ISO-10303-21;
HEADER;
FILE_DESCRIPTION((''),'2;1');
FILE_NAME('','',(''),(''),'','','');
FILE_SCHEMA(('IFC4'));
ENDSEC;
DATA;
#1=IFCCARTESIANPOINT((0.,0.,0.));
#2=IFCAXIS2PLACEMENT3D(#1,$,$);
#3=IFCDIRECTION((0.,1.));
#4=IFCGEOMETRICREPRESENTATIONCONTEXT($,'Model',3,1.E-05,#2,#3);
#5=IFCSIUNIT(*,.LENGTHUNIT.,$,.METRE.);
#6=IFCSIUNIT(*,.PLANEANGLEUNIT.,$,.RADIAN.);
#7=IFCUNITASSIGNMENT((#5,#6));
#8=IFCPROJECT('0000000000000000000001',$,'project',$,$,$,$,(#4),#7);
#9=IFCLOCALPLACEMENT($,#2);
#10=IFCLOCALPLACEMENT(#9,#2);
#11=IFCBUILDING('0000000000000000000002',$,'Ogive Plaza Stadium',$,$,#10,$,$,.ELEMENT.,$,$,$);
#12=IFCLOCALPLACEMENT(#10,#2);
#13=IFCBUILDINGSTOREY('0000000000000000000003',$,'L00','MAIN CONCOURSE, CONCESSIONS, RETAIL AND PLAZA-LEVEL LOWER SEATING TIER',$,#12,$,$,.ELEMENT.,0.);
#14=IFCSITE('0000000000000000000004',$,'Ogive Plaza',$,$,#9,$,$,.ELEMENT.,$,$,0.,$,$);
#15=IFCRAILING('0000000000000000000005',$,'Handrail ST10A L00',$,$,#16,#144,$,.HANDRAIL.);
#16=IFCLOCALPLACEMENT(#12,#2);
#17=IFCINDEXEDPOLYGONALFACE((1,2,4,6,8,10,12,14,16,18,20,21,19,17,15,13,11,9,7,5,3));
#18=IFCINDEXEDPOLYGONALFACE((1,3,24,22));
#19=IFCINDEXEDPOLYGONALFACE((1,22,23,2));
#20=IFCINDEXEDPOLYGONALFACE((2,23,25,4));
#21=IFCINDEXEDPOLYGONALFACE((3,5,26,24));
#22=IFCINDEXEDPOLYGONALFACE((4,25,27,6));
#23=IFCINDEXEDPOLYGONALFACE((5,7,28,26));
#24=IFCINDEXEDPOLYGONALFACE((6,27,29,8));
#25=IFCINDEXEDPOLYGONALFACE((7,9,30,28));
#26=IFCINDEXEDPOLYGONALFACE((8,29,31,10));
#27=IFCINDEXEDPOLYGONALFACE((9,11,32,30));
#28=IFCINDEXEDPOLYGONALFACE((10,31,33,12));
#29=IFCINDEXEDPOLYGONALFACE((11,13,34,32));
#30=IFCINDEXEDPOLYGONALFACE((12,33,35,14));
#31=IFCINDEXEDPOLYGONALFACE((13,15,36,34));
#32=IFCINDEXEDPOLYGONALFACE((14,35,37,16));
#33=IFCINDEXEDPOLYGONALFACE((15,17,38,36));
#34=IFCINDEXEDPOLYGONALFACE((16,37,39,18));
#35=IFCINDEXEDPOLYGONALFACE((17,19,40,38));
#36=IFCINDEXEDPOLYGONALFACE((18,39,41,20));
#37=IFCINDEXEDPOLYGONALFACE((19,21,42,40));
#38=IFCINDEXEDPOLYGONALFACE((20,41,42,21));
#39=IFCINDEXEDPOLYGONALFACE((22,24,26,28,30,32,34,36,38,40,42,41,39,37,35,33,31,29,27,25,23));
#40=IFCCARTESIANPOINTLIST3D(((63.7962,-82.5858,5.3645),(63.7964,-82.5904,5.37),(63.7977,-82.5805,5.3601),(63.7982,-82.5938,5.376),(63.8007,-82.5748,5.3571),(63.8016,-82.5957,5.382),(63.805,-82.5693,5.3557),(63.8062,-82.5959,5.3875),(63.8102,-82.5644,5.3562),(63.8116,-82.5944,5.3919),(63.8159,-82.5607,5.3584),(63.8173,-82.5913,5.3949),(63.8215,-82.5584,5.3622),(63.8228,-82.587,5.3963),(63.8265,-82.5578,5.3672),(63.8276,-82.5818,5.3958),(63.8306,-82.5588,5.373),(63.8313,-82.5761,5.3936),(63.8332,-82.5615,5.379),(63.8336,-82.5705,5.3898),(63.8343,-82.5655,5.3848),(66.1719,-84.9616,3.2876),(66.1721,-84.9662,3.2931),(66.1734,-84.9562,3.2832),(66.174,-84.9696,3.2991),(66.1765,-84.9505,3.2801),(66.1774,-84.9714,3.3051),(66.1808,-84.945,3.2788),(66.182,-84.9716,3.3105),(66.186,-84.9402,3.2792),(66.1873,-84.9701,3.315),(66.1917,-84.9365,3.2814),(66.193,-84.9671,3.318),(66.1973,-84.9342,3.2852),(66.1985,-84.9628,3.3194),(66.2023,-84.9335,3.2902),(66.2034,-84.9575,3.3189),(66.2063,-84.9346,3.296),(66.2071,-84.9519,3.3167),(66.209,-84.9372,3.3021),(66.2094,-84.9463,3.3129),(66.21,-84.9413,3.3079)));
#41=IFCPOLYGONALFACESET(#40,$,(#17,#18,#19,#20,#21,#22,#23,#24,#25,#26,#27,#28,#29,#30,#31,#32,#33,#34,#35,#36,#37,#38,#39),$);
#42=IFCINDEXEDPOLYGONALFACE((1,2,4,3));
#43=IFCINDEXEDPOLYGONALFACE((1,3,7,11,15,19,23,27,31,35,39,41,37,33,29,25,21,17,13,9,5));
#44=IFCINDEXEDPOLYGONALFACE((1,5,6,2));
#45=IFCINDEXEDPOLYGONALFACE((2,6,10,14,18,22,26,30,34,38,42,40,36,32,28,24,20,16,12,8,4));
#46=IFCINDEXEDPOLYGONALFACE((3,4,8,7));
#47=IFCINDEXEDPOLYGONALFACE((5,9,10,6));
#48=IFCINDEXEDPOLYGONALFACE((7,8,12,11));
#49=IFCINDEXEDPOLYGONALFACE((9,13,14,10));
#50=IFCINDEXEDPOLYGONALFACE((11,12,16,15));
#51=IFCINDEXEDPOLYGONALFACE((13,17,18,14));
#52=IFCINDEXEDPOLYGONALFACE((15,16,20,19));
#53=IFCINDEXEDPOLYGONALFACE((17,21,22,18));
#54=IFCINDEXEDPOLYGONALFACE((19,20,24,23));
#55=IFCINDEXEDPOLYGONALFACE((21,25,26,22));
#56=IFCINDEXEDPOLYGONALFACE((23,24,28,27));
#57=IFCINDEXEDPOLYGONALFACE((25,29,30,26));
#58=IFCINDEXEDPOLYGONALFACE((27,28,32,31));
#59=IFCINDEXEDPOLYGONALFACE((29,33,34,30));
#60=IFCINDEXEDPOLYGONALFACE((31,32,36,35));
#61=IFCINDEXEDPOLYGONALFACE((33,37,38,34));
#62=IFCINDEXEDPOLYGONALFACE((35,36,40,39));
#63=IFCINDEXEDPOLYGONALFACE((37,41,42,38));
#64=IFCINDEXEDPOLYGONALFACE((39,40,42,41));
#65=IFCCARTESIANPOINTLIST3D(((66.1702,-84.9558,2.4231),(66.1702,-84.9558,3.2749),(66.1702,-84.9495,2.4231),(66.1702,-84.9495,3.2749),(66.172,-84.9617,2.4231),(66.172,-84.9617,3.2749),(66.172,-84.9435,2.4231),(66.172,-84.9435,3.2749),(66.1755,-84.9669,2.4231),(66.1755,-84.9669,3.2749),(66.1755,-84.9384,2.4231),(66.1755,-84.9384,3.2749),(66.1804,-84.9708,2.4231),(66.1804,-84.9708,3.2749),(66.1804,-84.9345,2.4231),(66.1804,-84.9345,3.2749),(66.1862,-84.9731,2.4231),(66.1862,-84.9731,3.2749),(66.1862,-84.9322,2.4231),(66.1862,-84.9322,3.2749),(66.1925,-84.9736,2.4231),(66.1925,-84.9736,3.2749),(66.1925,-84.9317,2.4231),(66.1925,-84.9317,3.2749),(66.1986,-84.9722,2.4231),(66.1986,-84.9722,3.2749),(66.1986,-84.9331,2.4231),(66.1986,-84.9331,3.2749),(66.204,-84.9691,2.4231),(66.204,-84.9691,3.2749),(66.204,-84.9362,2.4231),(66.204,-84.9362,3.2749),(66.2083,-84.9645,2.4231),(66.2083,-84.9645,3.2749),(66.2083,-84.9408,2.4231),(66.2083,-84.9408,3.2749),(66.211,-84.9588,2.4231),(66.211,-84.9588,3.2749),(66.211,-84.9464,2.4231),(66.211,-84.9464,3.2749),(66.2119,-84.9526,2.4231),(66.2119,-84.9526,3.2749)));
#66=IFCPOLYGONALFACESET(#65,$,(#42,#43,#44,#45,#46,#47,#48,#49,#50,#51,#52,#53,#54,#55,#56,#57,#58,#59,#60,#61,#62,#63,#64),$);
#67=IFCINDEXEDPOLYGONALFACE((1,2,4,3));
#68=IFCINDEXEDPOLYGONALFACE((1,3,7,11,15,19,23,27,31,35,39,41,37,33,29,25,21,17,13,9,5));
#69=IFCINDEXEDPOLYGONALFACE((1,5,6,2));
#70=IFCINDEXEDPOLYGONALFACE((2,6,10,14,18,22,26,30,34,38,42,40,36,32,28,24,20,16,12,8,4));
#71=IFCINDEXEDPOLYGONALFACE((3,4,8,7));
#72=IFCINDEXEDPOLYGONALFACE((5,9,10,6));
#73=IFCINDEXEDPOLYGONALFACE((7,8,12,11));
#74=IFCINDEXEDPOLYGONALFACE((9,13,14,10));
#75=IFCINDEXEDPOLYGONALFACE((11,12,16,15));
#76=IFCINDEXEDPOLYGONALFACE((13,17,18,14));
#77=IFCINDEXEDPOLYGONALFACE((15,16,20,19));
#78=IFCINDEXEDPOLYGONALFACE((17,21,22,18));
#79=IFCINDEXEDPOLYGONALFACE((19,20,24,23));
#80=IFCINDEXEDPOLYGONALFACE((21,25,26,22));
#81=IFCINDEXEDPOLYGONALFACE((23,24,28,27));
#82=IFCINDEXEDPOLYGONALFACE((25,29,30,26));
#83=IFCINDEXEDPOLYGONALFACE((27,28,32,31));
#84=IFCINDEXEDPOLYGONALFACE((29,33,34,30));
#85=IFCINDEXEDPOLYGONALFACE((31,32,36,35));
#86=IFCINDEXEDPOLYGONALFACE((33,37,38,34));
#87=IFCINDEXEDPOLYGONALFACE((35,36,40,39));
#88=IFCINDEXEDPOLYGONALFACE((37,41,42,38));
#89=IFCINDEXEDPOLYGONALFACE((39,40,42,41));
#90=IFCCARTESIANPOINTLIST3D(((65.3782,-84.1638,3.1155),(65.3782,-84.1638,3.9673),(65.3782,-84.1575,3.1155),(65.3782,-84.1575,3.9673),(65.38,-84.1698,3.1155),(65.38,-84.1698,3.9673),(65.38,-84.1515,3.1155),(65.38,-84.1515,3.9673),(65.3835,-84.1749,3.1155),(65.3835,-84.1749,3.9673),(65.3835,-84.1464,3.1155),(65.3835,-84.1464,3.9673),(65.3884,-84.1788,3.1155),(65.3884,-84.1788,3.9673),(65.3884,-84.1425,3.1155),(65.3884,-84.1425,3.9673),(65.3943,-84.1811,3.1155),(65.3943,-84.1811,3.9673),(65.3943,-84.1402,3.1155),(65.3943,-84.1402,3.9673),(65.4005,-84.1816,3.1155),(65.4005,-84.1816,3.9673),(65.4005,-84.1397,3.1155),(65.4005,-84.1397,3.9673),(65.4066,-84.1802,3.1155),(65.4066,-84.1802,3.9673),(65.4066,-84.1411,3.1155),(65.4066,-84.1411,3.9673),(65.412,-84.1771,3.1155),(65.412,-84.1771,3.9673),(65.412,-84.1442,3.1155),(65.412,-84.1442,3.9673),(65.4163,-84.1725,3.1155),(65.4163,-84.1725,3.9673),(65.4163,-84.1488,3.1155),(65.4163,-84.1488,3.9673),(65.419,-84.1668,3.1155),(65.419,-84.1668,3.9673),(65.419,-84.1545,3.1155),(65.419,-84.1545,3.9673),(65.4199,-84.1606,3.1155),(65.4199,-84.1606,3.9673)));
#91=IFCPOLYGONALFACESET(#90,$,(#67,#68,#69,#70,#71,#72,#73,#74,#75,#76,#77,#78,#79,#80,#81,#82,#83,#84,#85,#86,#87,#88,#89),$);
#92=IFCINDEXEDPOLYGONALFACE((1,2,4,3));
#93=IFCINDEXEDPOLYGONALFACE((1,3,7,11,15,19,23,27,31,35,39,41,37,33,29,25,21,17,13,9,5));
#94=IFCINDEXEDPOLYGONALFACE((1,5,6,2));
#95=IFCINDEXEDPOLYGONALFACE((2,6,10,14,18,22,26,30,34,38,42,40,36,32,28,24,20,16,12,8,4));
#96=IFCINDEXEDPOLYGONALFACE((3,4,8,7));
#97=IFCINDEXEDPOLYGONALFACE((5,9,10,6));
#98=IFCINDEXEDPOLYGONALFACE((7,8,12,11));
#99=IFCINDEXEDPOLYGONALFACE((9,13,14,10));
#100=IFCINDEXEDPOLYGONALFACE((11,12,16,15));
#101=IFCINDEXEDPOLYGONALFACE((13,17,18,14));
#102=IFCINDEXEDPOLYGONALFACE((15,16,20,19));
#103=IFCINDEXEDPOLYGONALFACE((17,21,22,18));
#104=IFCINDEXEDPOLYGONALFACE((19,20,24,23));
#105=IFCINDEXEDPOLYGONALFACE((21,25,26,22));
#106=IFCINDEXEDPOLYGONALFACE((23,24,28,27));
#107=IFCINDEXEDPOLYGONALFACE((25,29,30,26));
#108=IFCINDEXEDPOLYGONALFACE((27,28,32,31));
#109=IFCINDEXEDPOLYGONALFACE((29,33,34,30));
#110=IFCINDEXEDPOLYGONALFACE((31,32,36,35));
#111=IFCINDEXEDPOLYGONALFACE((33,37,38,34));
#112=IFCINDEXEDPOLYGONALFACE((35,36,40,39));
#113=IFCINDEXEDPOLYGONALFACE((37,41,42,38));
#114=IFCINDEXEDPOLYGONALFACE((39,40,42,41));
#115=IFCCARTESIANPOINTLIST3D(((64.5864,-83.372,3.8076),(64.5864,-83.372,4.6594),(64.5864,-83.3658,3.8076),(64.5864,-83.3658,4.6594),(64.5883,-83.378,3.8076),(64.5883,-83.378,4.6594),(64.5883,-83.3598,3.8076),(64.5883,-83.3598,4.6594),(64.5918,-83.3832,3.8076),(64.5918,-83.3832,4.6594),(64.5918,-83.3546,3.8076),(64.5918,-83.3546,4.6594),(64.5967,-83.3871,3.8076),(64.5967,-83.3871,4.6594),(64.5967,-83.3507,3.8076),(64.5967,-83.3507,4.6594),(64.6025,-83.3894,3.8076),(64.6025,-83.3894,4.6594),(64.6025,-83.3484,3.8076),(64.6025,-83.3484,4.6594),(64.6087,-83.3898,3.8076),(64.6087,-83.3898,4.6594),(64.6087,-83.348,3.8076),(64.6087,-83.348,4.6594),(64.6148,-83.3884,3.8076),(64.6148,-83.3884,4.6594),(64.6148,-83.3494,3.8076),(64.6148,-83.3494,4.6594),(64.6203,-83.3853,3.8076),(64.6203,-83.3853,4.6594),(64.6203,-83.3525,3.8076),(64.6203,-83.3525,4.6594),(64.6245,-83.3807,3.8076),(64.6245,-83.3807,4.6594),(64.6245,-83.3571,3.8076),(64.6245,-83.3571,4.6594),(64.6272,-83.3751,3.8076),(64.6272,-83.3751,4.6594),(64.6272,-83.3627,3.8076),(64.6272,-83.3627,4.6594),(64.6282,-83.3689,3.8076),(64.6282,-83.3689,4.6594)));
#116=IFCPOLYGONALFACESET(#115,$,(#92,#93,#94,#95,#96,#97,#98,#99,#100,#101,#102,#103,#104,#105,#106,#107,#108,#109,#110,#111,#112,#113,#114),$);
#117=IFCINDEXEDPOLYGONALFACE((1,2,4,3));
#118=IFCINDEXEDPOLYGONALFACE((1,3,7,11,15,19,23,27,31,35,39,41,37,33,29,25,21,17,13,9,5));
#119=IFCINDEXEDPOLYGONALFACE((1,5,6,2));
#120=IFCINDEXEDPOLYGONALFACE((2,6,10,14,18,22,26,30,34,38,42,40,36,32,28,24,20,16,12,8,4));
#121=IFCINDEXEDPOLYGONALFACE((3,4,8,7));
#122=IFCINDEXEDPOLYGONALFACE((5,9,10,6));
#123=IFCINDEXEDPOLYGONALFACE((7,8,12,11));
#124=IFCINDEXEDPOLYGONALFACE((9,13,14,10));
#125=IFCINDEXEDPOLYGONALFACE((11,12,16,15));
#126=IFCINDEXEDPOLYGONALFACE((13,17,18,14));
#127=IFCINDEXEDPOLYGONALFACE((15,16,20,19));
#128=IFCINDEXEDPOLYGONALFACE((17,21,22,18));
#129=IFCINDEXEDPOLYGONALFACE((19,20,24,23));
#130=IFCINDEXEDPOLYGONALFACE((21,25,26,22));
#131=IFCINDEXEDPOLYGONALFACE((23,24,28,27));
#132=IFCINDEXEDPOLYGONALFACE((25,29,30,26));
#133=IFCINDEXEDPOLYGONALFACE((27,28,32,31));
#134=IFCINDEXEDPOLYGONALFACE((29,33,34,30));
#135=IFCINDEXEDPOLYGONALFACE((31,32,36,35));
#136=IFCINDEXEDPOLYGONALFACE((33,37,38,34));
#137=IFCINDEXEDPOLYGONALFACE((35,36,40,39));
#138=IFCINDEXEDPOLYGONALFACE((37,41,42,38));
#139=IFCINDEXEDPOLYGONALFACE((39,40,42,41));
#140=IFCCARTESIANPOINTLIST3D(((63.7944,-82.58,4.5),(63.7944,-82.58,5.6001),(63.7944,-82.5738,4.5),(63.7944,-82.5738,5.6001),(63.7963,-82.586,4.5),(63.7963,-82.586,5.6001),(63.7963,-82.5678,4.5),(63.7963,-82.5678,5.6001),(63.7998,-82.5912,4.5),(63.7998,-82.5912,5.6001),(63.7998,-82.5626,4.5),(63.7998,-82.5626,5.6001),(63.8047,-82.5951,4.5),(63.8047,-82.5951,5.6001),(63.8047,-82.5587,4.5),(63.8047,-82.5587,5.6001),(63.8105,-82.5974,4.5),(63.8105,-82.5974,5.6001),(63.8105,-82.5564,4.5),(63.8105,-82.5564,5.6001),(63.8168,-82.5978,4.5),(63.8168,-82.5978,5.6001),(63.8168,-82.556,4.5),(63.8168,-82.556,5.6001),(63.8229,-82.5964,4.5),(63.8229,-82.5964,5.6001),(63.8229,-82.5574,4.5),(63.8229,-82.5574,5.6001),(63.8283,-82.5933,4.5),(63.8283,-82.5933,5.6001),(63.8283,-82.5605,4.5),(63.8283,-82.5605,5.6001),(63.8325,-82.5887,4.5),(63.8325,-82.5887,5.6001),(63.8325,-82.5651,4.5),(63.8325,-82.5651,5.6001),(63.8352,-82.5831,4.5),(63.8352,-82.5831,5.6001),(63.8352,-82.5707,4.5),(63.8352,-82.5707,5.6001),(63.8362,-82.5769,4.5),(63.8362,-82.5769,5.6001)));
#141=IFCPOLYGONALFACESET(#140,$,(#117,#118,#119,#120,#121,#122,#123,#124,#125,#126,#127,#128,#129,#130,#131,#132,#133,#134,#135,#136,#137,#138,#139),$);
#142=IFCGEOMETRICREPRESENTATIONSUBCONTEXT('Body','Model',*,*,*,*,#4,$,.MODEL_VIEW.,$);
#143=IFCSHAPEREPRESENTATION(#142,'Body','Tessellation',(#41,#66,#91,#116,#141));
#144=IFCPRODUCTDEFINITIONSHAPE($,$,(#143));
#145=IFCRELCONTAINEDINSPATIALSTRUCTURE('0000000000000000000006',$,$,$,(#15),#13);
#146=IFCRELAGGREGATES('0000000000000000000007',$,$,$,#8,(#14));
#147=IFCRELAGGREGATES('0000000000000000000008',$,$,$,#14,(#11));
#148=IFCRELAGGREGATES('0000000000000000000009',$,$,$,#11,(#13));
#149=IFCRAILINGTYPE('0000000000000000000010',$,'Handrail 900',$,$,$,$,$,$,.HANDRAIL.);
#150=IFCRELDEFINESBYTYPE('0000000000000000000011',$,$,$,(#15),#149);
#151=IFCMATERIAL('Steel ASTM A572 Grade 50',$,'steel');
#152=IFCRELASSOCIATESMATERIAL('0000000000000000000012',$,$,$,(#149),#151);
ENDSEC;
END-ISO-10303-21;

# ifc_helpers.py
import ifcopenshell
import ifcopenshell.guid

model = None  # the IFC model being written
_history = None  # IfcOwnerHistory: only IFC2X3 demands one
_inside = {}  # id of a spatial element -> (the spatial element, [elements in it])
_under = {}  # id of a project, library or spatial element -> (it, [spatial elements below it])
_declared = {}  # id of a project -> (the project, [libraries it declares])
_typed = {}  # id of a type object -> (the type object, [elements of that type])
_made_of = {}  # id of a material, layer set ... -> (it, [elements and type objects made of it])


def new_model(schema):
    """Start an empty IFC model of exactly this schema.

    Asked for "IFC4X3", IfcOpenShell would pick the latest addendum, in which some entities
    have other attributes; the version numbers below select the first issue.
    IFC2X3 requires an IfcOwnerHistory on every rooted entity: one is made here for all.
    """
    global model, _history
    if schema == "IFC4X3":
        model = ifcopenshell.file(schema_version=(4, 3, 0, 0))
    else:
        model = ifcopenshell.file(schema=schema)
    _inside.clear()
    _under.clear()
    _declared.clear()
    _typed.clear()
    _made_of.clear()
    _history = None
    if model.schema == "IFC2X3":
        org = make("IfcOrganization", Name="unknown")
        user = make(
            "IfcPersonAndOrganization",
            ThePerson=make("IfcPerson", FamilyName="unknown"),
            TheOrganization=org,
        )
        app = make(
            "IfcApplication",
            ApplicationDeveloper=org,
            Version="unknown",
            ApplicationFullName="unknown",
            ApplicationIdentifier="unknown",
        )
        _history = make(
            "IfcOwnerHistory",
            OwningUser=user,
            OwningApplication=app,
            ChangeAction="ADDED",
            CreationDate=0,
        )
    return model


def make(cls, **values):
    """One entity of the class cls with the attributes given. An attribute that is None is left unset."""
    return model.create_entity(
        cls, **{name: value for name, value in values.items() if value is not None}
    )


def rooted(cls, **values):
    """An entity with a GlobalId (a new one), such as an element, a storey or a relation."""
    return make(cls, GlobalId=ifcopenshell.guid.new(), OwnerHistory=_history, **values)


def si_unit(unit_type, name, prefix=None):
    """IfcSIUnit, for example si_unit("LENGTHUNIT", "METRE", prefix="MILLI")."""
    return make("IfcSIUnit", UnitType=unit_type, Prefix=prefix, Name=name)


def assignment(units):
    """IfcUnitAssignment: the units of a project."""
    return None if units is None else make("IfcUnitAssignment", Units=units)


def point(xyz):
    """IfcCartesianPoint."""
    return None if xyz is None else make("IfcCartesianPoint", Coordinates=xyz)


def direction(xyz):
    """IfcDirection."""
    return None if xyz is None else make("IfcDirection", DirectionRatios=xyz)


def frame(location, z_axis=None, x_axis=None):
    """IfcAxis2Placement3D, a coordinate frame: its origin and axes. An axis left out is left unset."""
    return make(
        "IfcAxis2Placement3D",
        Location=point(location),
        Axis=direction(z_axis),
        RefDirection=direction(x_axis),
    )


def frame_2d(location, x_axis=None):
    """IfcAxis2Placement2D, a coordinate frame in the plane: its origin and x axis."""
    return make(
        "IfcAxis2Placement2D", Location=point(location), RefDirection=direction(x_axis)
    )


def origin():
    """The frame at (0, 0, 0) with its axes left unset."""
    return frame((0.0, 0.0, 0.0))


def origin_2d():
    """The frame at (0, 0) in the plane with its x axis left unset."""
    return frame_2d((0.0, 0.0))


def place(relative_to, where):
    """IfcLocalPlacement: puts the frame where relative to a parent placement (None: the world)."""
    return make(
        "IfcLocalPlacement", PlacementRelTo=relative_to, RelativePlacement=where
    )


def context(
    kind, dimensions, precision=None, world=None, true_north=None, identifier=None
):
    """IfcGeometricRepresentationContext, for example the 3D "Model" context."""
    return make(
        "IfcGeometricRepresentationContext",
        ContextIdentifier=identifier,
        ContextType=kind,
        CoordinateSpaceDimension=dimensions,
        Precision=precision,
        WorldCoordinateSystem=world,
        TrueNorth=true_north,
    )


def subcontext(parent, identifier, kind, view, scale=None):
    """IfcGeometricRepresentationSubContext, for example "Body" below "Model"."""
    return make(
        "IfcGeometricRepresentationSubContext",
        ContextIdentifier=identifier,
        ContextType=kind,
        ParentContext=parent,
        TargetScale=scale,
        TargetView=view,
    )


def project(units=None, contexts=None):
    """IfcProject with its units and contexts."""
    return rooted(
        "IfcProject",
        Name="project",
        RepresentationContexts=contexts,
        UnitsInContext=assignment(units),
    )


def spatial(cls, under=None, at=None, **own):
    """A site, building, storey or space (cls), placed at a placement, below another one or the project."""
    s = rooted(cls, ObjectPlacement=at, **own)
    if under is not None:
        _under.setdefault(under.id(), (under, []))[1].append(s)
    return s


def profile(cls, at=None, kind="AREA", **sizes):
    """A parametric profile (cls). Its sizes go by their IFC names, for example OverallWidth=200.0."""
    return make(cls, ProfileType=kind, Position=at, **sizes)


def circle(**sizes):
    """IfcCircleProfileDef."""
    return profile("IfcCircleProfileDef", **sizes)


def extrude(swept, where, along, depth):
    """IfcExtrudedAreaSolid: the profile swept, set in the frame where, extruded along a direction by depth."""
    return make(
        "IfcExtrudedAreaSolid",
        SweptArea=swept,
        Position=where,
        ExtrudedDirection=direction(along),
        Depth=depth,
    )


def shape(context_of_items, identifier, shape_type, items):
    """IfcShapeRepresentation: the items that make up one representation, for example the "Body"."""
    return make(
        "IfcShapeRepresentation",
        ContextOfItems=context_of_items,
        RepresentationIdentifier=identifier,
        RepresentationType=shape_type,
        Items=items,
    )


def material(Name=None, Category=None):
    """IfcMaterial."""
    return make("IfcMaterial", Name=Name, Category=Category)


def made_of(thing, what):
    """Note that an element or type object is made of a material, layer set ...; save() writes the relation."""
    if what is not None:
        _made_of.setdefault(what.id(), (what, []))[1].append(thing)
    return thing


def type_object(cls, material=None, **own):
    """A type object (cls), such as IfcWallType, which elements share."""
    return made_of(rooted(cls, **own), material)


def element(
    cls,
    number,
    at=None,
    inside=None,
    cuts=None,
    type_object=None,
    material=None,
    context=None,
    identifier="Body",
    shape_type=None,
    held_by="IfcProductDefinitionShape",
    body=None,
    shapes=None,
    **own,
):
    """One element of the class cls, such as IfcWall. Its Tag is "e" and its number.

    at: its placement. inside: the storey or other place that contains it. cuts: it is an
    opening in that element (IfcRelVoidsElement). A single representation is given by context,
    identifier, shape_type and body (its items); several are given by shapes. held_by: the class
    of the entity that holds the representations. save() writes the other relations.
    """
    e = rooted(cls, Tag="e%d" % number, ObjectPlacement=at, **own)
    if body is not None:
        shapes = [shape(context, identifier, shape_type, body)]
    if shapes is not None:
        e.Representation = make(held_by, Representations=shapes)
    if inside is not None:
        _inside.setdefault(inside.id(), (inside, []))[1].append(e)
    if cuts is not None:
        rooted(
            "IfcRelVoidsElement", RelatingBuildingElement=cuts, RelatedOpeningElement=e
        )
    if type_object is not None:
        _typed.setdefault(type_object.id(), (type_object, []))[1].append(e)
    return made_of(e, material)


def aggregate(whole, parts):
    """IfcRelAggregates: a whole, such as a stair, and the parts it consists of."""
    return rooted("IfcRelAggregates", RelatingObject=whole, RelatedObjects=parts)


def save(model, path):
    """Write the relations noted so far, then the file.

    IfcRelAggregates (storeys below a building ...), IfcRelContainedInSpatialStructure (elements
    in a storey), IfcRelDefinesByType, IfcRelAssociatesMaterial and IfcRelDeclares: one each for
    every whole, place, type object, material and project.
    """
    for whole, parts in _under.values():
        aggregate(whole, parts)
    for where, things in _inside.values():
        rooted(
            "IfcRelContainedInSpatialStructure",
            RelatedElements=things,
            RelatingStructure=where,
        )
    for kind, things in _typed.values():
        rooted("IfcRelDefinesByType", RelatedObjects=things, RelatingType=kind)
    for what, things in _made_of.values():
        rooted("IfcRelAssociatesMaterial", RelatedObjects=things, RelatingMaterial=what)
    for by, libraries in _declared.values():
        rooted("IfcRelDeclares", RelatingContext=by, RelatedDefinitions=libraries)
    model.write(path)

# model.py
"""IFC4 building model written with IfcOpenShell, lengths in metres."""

from ifc_helpers import new_model, si_unit, direction, frame, origin, origin_2d, place, context, subcontext, project, spatial, circle, extrude, material, type_object, element, save


model = new_model("IFC4")

# Units and contexts
model_context = context("Model", 3, precision=1e-05, world=origin(), true_north=direction((0.0, 1.0)))
body_context = subcontext(model_context, "Body", "Model", "MODEL_VIEW")
ifc_project = project(units=[si_unit("LENGTHUNIT", "METRE"), si_unit("PLANEANGLEUNIT", "RADIAN")], contexts=[model_context])

# Site, building, storey
site_placement = place(None, origin())
site = spatial("IfcSite", under=ifc_project, at=site_placement, Name="Ogive Plaza", CompositionType="ELEMENT", RefElevation=0.0)
building_placement = place(site_placement, origin())
building = spatial("IfcBuilding", under=site, at=building_placement, Name="Ogive Plaza Stadium", CompositionType="ELEMENT")
storey_placement = place(building_placement, origin())
storey = spatial("IfcBuildingStorey", under=building, at=storey_placement, Name="L00", Description="MAIN CONCOURSE, CONCESSIONS, RETAIL AND PLAZA-LEVEL LOWER SEATING TIER", CompositionType="ELEMENT", Elevation=0.0)

# Railing
ifc_material_1 = material(Name="Steel ASTM A572 Grade 50", Category="steel")
railing_type_1 = type_object("IfcRailingType", Name="Handrail 900", PredefinedType="HANDRAIL", material=ifc_material_1)
for number, where, name in (
    (1, (66.1909, -84.9526, 2.4231), "Handrail ST10A L00"),
):
    element("IfcRailing", number, at=place(storey_placement, frame(where)), inside=storey, type_object=railing_type_1, Name=name, PredefinedType="HANDRAIL", context=body_context, shape_type="SweptSolid", body=[
        extrude(circle(Radius=0.0239, at=origin_2d()), frame((0.0, 0.0, 0.876), z_axis=(-0.601466, 0.601466, 0.525811), x_axis=(-0.707107, -0.707107, 0.0)), (0.0, 0.0, 1.0), 3.95),
        extrude(circle(Radius=0.021, at=origin_2d()), origin(), (0.0, 0.0, 1.0), 0.8518),
        extrude(circle(Radius=0.021, at=origin_2d()), frame((-0.792, 0.792, 0.6924)), (0.0, 0.0, 1.0), 0.8518),
        extrude(circle(Radius=0.021, at=origin_2d()), frame((-1.5837, 1.5837, 1.3845)), (0.0, 0.0, 1.0), 0.8518),
        extrude(circle(Radius=0.021, at=origin_2d()), frame((-2.3757, 2.3757, 2.0769)), (0.0, 0.0, 1.0), 1.1001),
    ])

save(model, "model.ifc")
